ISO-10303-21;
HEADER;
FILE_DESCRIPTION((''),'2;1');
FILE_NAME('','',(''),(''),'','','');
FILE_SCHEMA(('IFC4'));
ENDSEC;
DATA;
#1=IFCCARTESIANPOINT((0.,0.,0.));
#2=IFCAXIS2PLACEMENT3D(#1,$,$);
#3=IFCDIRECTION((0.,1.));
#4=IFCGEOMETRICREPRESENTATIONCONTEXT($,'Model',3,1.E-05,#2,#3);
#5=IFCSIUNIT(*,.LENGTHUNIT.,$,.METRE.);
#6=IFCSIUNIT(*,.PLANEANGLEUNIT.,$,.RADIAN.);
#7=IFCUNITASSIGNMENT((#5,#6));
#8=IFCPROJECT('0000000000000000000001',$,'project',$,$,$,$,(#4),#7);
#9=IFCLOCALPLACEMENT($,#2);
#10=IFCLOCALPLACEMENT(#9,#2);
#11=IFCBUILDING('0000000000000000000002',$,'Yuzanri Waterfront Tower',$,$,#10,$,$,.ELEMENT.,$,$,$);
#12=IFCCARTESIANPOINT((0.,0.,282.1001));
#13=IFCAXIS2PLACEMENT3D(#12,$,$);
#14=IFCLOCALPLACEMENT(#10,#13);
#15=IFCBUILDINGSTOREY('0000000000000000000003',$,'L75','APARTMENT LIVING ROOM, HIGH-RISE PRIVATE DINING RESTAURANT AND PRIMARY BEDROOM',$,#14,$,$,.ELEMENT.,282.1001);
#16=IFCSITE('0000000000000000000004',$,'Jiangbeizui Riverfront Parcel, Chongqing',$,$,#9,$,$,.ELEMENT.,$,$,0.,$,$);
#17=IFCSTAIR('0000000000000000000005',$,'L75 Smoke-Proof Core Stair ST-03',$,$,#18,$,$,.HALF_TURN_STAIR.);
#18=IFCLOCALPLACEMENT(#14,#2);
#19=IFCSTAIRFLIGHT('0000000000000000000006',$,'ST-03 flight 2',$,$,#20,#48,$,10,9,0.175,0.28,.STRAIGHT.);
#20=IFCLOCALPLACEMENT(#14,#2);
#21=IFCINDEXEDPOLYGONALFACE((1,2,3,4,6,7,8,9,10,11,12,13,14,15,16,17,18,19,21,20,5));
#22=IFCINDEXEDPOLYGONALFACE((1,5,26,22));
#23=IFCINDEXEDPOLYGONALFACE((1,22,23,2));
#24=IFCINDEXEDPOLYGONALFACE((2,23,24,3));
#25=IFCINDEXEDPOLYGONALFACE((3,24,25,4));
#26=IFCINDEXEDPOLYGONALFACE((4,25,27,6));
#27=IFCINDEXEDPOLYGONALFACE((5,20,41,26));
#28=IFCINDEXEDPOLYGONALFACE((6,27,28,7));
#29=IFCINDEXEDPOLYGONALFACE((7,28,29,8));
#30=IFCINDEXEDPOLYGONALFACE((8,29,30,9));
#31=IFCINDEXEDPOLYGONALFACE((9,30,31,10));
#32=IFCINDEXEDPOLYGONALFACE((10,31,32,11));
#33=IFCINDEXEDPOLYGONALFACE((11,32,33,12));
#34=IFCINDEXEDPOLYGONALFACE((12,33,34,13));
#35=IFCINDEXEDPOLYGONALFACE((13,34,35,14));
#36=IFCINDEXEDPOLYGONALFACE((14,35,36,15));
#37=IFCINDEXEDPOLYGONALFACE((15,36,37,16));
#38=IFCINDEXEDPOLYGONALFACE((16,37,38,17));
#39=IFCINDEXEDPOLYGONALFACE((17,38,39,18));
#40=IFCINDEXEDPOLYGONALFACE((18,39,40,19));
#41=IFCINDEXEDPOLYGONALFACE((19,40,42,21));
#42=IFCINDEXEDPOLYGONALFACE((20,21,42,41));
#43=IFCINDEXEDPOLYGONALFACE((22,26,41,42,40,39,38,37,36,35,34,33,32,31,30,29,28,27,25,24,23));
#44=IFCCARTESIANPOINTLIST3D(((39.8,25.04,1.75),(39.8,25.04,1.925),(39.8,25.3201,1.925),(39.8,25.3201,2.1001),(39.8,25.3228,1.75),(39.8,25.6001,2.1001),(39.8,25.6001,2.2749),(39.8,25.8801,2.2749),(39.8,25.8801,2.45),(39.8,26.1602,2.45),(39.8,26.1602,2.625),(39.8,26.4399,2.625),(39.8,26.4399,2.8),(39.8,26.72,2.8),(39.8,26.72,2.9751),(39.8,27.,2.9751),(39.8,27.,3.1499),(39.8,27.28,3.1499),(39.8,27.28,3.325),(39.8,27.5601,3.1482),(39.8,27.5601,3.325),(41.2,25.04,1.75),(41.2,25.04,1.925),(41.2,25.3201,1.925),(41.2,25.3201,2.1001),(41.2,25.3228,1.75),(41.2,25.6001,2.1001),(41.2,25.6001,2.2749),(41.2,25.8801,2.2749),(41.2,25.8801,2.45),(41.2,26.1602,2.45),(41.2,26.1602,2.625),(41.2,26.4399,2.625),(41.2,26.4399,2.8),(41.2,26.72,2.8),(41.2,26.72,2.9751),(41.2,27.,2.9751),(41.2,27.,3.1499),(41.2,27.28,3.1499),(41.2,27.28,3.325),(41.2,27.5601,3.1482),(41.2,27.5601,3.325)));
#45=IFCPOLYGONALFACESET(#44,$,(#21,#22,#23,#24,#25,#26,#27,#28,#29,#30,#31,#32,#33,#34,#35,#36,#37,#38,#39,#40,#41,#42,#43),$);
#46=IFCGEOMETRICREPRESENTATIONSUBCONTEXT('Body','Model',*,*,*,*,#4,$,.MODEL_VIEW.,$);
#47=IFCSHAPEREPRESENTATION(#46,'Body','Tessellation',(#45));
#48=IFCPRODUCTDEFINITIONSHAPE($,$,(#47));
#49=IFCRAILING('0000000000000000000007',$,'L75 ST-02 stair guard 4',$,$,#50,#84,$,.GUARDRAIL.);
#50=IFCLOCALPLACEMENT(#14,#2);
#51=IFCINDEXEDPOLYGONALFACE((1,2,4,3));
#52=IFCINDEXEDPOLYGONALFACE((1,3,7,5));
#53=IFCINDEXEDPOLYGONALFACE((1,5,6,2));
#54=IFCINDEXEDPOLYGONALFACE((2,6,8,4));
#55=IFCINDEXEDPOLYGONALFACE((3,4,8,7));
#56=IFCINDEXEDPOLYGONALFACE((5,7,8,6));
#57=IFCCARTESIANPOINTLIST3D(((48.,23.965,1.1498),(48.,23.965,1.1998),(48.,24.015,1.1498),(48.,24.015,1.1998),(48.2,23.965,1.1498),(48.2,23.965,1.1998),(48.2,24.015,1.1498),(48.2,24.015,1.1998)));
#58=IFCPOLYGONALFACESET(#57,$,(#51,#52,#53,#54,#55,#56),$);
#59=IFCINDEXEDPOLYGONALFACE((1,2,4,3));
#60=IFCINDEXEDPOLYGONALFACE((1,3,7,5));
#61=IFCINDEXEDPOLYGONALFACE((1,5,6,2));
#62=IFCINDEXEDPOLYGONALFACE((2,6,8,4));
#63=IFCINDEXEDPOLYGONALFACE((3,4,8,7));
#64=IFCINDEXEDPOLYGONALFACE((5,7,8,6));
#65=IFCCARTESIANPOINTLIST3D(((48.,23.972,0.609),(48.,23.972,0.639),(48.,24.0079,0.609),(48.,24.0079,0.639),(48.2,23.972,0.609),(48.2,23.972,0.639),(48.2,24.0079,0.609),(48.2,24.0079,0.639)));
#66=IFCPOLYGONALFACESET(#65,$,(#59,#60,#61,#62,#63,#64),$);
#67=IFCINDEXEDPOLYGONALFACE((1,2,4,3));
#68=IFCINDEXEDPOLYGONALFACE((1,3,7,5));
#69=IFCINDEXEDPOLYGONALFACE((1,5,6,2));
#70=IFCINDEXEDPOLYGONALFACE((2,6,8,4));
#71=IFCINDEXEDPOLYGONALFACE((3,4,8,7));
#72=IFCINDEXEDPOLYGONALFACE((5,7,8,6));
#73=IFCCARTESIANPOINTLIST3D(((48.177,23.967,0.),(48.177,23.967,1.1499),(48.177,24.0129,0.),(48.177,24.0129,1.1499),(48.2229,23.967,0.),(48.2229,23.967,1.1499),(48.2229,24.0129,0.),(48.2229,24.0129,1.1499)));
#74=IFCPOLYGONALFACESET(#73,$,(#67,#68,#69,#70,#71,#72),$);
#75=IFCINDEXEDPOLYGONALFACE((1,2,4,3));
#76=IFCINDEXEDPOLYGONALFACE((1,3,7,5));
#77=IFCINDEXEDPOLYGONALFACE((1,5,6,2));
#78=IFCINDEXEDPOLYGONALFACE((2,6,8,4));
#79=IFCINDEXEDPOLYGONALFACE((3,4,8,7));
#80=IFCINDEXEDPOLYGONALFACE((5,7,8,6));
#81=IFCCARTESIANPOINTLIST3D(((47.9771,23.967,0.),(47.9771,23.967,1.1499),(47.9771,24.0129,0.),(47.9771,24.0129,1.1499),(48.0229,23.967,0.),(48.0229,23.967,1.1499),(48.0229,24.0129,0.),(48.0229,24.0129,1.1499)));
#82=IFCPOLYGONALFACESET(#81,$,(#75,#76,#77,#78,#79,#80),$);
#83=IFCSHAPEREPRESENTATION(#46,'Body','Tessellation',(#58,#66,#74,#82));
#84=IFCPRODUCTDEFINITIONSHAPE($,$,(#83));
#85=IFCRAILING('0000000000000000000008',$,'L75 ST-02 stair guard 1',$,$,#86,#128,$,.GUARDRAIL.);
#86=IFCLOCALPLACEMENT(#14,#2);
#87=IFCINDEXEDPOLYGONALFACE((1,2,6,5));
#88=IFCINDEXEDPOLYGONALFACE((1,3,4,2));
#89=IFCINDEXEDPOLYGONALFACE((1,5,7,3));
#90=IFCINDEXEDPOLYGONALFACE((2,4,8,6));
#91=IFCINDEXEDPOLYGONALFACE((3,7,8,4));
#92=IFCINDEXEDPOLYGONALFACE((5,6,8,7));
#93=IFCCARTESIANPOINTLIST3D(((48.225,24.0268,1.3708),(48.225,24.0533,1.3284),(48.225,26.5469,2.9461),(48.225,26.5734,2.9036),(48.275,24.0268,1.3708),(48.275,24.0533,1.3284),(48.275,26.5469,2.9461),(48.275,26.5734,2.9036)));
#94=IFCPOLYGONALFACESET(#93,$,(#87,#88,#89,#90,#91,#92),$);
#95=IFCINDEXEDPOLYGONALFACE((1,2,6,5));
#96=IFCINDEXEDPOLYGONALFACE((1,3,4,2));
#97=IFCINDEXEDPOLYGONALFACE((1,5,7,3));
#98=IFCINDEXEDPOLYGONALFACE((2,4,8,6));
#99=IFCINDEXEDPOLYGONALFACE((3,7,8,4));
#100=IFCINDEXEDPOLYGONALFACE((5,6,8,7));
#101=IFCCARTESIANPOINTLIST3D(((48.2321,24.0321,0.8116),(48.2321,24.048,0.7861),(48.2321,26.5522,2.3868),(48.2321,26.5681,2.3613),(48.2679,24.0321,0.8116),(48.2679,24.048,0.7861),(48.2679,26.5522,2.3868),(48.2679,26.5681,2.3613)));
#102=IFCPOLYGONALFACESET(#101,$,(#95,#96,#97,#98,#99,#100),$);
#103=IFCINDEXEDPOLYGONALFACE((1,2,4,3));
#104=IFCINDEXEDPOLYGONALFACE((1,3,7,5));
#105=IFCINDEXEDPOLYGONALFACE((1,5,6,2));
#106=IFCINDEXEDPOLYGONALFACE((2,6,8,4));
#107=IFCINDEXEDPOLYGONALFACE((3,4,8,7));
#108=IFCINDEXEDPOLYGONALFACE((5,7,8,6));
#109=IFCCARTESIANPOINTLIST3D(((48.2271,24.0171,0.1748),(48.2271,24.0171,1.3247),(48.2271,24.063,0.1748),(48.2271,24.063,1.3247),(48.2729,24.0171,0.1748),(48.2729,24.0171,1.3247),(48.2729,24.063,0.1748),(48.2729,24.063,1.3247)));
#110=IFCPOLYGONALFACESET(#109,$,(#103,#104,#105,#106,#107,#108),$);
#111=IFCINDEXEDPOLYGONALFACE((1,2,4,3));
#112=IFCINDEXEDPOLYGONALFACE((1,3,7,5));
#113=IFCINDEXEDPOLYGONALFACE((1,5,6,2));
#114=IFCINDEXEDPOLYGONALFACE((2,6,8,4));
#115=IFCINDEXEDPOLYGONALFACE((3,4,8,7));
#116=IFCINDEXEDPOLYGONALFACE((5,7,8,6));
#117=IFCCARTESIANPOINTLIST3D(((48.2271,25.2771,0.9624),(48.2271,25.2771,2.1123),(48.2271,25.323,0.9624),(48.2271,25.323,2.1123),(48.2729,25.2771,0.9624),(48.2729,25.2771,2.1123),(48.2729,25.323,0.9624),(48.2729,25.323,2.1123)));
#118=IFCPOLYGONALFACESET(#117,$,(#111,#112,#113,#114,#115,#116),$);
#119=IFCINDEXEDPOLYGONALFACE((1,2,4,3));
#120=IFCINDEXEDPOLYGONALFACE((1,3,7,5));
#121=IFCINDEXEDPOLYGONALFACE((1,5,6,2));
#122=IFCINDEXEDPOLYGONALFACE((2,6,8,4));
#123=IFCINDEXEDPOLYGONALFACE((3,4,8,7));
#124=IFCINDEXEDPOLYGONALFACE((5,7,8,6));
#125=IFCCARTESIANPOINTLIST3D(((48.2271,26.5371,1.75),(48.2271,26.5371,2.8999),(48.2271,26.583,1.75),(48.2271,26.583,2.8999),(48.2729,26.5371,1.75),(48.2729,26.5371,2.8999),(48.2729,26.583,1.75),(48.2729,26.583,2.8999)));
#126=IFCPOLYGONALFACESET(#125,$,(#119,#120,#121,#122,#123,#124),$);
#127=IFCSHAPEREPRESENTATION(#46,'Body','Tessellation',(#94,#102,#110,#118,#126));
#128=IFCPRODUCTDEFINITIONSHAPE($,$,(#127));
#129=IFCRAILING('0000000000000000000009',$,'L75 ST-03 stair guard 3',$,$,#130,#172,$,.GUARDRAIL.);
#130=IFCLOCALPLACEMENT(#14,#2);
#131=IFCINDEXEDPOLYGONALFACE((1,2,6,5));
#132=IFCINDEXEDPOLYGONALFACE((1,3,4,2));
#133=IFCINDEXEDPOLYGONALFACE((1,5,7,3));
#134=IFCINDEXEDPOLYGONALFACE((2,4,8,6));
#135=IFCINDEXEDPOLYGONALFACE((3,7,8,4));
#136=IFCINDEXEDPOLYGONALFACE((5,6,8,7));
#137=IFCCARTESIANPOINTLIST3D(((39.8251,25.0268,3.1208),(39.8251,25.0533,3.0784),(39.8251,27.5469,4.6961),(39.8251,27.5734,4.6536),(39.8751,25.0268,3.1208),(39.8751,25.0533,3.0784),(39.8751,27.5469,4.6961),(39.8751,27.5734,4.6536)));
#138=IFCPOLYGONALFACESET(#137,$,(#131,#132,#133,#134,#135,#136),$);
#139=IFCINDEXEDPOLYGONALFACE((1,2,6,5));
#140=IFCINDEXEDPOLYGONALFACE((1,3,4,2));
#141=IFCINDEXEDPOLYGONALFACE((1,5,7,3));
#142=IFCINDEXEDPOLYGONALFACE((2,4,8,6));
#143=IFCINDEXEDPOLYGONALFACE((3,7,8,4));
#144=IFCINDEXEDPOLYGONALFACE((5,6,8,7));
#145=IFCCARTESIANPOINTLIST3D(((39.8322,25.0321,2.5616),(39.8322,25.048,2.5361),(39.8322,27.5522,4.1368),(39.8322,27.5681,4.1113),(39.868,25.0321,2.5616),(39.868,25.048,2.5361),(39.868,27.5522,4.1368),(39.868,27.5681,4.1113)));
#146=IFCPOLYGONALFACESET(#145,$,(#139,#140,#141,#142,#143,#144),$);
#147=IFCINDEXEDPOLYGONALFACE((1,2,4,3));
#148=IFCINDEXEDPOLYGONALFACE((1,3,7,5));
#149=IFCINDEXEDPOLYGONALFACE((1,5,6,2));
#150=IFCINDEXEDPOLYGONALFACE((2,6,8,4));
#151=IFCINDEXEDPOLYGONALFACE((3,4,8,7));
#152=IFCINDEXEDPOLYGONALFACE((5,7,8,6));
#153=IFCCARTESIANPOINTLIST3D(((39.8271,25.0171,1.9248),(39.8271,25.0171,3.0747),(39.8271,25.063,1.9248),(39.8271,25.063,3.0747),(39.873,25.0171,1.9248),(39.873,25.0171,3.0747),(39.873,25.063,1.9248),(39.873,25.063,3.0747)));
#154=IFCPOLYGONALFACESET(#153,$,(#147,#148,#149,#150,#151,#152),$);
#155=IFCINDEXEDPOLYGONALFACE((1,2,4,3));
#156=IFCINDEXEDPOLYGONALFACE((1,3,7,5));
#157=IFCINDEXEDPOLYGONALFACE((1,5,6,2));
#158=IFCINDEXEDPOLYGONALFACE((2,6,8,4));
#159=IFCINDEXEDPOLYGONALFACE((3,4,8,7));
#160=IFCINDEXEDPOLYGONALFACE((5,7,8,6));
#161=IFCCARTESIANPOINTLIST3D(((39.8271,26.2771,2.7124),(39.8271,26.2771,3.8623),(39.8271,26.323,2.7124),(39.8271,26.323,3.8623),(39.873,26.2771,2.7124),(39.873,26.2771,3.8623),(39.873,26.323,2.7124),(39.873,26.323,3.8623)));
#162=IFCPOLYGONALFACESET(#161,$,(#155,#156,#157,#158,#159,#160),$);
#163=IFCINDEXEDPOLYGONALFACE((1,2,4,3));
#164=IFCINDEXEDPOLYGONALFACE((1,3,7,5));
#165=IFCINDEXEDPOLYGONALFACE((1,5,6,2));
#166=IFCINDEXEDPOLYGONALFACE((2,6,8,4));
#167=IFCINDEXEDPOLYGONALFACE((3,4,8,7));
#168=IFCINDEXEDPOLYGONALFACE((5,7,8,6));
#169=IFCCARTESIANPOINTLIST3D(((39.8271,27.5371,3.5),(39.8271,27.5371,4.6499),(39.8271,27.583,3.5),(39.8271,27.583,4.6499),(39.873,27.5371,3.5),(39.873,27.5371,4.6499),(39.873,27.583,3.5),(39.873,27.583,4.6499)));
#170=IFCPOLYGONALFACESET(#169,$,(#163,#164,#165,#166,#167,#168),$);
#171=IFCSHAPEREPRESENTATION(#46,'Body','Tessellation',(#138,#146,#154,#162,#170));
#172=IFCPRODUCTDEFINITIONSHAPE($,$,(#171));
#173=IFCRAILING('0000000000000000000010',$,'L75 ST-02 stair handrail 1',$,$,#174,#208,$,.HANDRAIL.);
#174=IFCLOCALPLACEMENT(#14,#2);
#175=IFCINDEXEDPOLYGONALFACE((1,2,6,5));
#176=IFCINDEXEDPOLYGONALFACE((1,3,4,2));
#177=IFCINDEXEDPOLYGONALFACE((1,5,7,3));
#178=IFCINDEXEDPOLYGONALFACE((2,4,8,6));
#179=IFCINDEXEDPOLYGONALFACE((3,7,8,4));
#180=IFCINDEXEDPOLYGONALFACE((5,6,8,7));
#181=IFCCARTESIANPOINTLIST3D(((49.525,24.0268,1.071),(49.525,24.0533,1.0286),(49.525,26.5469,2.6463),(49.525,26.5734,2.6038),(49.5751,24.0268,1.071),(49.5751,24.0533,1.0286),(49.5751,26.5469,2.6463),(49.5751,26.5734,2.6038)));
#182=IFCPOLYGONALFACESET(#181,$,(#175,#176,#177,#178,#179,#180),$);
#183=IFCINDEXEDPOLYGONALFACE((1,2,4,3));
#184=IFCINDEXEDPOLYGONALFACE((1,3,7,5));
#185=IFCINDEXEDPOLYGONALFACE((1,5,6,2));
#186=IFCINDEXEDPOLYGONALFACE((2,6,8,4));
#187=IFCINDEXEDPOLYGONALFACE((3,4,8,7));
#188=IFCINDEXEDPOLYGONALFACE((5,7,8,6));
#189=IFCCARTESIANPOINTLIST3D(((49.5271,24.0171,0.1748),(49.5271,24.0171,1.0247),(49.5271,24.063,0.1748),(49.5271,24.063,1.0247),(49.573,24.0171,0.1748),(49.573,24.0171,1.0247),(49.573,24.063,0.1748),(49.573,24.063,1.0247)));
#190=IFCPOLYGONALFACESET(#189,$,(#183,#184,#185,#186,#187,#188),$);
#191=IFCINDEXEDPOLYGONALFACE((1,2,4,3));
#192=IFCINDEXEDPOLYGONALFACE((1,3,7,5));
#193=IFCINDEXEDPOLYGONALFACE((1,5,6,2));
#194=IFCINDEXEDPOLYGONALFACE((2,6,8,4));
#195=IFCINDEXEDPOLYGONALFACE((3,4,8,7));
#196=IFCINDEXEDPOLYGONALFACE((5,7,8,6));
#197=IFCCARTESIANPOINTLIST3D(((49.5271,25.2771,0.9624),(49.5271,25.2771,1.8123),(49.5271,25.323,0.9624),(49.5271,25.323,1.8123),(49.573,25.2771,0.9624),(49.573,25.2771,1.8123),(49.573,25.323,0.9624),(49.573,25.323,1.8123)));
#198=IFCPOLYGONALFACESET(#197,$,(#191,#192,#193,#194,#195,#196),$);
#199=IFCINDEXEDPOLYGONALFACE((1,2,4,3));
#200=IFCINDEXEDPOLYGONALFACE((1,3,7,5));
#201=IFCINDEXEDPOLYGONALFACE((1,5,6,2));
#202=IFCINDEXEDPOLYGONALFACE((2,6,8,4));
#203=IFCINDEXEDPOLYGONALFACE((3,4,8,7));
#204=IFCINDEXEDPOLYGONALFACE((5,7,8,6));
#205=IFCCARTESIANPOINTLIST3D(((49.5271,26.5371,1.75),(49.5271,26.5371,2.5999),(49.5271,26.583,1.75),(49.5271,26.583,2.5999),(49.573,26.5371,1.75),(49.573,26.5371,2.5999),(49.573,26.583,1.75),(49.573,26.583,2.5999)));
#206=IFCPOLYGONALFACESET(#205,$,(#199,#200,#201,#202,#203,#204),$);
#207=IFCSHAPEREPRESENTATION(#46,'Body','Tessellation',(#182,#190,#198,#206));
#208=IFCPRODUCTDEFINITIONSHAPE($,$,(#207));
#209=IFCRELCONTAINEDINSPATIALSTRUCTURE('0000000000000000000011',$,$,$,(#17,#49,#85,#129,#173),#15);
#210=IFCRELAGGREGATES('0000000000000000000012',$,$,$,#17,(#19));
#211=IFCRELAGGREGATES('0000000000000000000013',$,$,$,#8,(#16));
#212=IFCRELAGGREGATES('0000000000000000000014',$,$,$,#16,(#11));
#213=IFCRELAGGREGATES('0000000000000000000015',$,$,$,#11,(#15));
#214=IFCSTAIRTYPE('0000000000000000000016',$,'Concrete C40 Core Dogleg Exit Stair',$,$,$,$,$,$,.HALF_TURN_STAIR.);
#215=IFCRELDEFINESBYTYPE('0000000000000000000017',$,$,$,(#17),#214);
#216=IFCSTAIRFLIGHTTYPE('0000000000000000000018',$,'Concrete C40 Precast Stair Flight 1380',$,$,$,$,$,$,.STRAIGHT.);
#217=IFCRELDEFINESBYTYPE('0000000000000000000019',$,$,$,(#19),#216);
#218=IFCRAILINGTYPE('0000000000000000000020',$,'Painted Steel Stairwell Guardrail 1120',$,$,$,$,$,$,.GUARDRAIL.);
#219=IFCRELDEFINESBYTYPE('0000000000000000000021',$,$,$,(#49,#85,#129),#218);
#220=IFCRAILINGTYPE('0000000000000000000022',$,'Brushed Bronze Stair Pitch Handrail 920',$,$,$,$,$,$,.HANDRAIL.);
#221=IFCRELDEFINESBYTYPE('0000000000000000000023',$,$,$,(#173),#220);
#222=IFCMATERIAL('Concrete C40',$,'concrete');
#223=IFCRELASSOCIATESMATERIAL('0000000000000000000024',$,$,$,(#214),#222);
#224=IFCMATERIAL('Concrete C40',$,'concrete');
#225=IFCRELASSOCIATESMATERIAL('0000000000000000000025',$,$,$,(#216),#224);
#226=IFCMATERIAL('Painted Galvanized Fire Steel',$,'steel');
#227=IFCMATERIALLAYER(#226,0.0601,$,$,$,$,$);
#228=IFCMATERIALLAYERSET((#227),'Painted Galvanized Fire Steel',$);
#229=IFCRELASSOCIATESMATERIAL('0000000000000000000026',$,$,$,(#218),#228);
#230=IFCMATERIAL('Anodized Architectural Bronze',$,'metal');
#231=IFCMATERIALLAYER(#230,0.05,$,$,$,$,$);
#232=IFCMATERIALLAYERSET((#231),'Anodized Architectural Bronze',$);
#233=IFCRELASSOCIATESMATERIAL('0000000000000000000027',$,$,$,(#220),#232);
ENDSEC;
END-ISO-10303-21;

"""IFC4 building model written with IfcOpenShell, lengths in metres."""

from ifc_helpers import new_model, si_unit, direction, frame, origin, origin_2d, place, context, subcontext, project, spatial, polyline, rectangle, outline, extrude, source, transform, mapped, material, layer, layer_set, type_object, element, aggregate, save


model = new_model("IFC4")

# Units and contexts
model_context = context("Model", 3, precision=1e-05, world=origin(), true_north=direction((0.0, 1.0)))
body_context = subcontext(model_context, "Body", "Model", "MODEL_VIEW")
ifc_project = project(units=[si_unit("LENGTHUNIT", "METRE"), si_unit("PLANEANGLEUNIT", "RADIAN")], contexts=[model_context])

# Site, building, storey
site_placement = place(None, origin())
site = spatial("IfcSite", under=ifc_project, at=site_placement, Name="Jiangbeizui Riverfront Parcel, Chongqing", CompositionType="ELEMENT", RefElevation=0.0)
building_placement = place(site_placement, origin())
building = spatial("IfcBuilding", under=site, at=building_placement, Name="Yuzanri Waterfront Tower", CompositionType="ELEMENT")
storey_placement = place(building_placement, frame((0.0, 0.0, 282.1001)))
storey = spatial("IfcBuildingStorey", under=building, at=storey_placement, Name="L75", Description="APARTMENT LIVING ROOM, HIGH-RISE PRIVATE DINING RESTAURANT AND PRIMARY BEDROOM", CompositionType="ELEMENT", Elevation=282.1001)

# Stair, stair flight
ifc_material_1 = material(Name="Concrete C40", Category="concrete")
stair_type = type_object("IfcStairType", Name="Concrete C40 Core Dogleg Exit Stair", PredefinedType="HALF_TURN_STAIR", material=ifc_material_1)
ifc_material_2 = material(Name="Concrete C40", Category="concrete")
stair_flight_type = type_object("IfcStairFlightType", Name="Concrete C40 Precast Stair Flight 1380", PredefinedType="STRAIGHT", material=ifc_material_2)
shared_shape_1 = source(origin(), body_context, "Body", "SweptSolid", [
    extrude(outline(polyline([(0.0, 0.0), (0.0, 0.175), (0.28, 0.175), (0.28, 0.3501), (0.5601, 0.3501), (0.5601, 0.5249), (0.8401, 0.5249), (0.8401, 0.7), (1.1201, 0.7), (1.1201, 0.875), (1.3999, 0.875), (1.3999, 1.05), (1.6799, 1.05), (1.6799, 1.2251), (1.96, 1.2251), (1.96, 1.3999), (2.24, 1.3999), (2.24, 1.575), (2.52, 1.575), (2.52, 1.75), (2.52, 1.3982), (0.2827, 0.0), (0.0, 0.0)])), frame((0.0, 0.7, 0.0), z_axis=(0.0, -1.0, 0.0), x_axis=(1.0, 0.0, 0.0)), (0.0, 0.0, 1.0), 1.3999),
])
stair_1_placement = place(storey_placement, origin())
stair_1 = element("IfcStair", 1, at=stair_1_placement, inside=storey, type_object=stair_type, Name="L75 Smoke-Proof Core Stair ST-03", PredefinedType="HALF_TURN_STAIR")
stair_flight_1_placement = place(storey_placement, frame((40.5, 25.04, 1.75), z_axis=(0.0, 0.0, 1.0), x_axis=(0.0, 1.0, 0.0)))
stair_flight_1 = element("IfcStairFlight", 2, at=stair_flight_1_placement, type_object=stair_flight_type, Name="ST-03 flight 2", NumberOfRisers=10, NumberOfTreads=9, PredefinedType="STRAIGHT", RiserHeight=0.175, TreadLength=0.28, context=body_context, shape_type="MappedRepresentation", body=[
    mapped(shared_shape_1, transform((0.0, 0.0, 0.0), scale=1.0)),
])
aggregate(stair_1, [stair_flight_1])

# Railings
ifc_material_3 = material(Name="Painted Galvanized Fire Steel", Category="steel")
ifc_layer_1 = layer(ifc_material_3, 0.0601)
ifc_layer_set_1 = layer_set([ifc_layer_1], Name="Painted Galvanized Fire Steel")
railing_type_1 = type_object("IfcRailingType", Name="Painted Steel Stairwell Guardrail 1120", PredefinedType="GUARDRAIL", material=ifc_layer_set_1)
shared_shape_2 = source(origin(), body_context, "Body", "SweptSolid", [
    extrude(rectangle(XDim=0.05, YDim=0.05, at=origin_2d()), frame((0.0, 0.0, 1.1748), z_axis=(-1.0, 0.0, 0.0), x_axis=(0.0, -1.0, 0.0)), (0.0, 0.0, 1.0), 0.2),
    extrude(rectangle(XDim=0.0359, YDim=0.03, at=origin_2d()), frame((0.0, 0.0, 0.624), z_axis=(-1.0, 0.0, 0.0), x_axis=(0.0, -1.0, 0.0)), (0.0, 0.0, 1.0), 0.2),
    extrude(rectangle(XDim=0.0459, YDim=0.0459, at=origin_2d()), origin(), (0.0, 0.0, 1.0), 1.1499),
    extrude(rectangle(XDim=0.0459, YDim=0.0459, at=origin_2d()), frame((-0.2, 0.0, 0.0)), (0.0, 0.0, 1.0), 1.1499),
])
railing_1_placement = place(storey_placement, frame((48.2, 23.99, 0.0)))
element("IfcRailing", 3, at=railing_1_placement, inside=storey, type_object=railing_type_1, Name="L75 ST-02 stair guard 4", PredefinedType="GUARDRAIL", context=body_context, shape_type="MappedRepresentation", body=[
    mapped(shared_shape_2, transform((0.0, 0.0, 0.0), scale=1.0)),
])
shared_shape_3 = source(origin(), body_context, "Body", "SweptSolid", [
    extrude(rectangle(XDim=0.05, YDim=0.05, at=origin_2d()), frame((0.0, 0.0, 1.1748), z_axis=(0.0, 0.847971, 0.530043), x_axis=(-1.0, 0.0, 0.0)), (0.0, 0.0, 1.0), 2.9719),
    extrude(rectangle(XDim=0.0359, YDim=0.03, at=origin_2d()), frame((0.0, 0.0, 0.624), z_axis=(0.0, 0.847971, 0.530043), x_axis=(-1.0, 0.0, 0.0)), (0.0, 0.0, 1.0), 2.9719),
    extrude(rectangle(XDim=0.0459, YDim=0.0459, at=origin_2d()), origin(), (0.0, 0.0, 1.0), 1.1499),
    extrude(rectangle(XDim=0.0459, YDim=0.0459, at=origin_2d()), frame((0.0, 1.26, 0.7876)), (0.0, 0.0, 1.0), 1.1499),
    extrude(rectangle(XDim=0.0459, YDim=0.0459, at=origin_2d()), frame((0.0, 2.52, 1.5752)), (0.0, 0.0, 1.0), 1.1499),
])
for number, where, name in (
    (4, (48.25, 24.04, 0.1748), "L75 ST-02 stair guard 1"),
    (5, (39.8501, 25.04, 1.9248), "L75 ST-03 stair guard 3"),
):
    element("IfcRailing", number, at=place(storey_placement, frame(where)), inside=storey, type_object=railing_type_1, Name=name, PredefinedType="GUARDRAIL", context=body_context, shape_type="MappedRepresentation", body=[
        mapped(shared_shape_3, transform((0.0, 0.0, 0.0), scale=1.0)),
    ])
ifc_material_4 = material(Name="Anodized Architectural Bronze", Category="metal")
ifc_layer_2 = layer(ifc_material_4, 0.05)
ifc_layer_set_2 = layer_set([ifc_layer_2], Name="Anodized Architectural Bronze")
railing_type_2 = type_object("IfcRailingType", Name="Brushed Bronze Stair Pitch Handrail 920", PredefinedType="HANDRAIL", material=ifc_layer_set_2)
shared_shape_4 = source(origin(), body_context, "Body", "SweptSolid", [
    extrude(rectangle(XDim=0.05, YDim=0.05, at=origin_2d()), frame((0.0, 0.0, 0.875), z_axis=(0.0, 0.847971, 0.530043), x_axis=(-1.0, 0.0, 0.0)), (0.0, 0.0, 1.0), 2.9719),
    extrude(rectangle(XDim=0.0459, YDim=0.0459, at=origin_2d()), origin(), (0.0, 0.0, 1.0), 0.8499),
    extrude(rectangle(XDim=0.0459, YDim=0.0459, at=origin_2d()), frame((0.0, 1.26, 0.7876)), (0.0, 0.0, 1.0), 0.8499),
    extrude(rectangle(XDim=0.0459, YDim=0.0459, at=origin_2d()), frame((0.0, 2.52, 1.5752)), (0.0, 0.0, 1.0), 0.8499),
])
for number, where, name in (
    (6, (49.55, 24.04, 0.1748), "L75 ST-02 stair handrail 1"),
):
    element("IfcRailing", number, at=place(storey_placement, frame(where)), inside=storey, type_object=railing_type_2, Name=name, PredefinedType="HANDRAIL", context=body_context, shape_type="MappedRepresentation", body=[
        mapped(shared_shape_4, transform((0.0, 0.0, 0.0), scale=1.0)),
    ])

save(model, "model.ifc")
